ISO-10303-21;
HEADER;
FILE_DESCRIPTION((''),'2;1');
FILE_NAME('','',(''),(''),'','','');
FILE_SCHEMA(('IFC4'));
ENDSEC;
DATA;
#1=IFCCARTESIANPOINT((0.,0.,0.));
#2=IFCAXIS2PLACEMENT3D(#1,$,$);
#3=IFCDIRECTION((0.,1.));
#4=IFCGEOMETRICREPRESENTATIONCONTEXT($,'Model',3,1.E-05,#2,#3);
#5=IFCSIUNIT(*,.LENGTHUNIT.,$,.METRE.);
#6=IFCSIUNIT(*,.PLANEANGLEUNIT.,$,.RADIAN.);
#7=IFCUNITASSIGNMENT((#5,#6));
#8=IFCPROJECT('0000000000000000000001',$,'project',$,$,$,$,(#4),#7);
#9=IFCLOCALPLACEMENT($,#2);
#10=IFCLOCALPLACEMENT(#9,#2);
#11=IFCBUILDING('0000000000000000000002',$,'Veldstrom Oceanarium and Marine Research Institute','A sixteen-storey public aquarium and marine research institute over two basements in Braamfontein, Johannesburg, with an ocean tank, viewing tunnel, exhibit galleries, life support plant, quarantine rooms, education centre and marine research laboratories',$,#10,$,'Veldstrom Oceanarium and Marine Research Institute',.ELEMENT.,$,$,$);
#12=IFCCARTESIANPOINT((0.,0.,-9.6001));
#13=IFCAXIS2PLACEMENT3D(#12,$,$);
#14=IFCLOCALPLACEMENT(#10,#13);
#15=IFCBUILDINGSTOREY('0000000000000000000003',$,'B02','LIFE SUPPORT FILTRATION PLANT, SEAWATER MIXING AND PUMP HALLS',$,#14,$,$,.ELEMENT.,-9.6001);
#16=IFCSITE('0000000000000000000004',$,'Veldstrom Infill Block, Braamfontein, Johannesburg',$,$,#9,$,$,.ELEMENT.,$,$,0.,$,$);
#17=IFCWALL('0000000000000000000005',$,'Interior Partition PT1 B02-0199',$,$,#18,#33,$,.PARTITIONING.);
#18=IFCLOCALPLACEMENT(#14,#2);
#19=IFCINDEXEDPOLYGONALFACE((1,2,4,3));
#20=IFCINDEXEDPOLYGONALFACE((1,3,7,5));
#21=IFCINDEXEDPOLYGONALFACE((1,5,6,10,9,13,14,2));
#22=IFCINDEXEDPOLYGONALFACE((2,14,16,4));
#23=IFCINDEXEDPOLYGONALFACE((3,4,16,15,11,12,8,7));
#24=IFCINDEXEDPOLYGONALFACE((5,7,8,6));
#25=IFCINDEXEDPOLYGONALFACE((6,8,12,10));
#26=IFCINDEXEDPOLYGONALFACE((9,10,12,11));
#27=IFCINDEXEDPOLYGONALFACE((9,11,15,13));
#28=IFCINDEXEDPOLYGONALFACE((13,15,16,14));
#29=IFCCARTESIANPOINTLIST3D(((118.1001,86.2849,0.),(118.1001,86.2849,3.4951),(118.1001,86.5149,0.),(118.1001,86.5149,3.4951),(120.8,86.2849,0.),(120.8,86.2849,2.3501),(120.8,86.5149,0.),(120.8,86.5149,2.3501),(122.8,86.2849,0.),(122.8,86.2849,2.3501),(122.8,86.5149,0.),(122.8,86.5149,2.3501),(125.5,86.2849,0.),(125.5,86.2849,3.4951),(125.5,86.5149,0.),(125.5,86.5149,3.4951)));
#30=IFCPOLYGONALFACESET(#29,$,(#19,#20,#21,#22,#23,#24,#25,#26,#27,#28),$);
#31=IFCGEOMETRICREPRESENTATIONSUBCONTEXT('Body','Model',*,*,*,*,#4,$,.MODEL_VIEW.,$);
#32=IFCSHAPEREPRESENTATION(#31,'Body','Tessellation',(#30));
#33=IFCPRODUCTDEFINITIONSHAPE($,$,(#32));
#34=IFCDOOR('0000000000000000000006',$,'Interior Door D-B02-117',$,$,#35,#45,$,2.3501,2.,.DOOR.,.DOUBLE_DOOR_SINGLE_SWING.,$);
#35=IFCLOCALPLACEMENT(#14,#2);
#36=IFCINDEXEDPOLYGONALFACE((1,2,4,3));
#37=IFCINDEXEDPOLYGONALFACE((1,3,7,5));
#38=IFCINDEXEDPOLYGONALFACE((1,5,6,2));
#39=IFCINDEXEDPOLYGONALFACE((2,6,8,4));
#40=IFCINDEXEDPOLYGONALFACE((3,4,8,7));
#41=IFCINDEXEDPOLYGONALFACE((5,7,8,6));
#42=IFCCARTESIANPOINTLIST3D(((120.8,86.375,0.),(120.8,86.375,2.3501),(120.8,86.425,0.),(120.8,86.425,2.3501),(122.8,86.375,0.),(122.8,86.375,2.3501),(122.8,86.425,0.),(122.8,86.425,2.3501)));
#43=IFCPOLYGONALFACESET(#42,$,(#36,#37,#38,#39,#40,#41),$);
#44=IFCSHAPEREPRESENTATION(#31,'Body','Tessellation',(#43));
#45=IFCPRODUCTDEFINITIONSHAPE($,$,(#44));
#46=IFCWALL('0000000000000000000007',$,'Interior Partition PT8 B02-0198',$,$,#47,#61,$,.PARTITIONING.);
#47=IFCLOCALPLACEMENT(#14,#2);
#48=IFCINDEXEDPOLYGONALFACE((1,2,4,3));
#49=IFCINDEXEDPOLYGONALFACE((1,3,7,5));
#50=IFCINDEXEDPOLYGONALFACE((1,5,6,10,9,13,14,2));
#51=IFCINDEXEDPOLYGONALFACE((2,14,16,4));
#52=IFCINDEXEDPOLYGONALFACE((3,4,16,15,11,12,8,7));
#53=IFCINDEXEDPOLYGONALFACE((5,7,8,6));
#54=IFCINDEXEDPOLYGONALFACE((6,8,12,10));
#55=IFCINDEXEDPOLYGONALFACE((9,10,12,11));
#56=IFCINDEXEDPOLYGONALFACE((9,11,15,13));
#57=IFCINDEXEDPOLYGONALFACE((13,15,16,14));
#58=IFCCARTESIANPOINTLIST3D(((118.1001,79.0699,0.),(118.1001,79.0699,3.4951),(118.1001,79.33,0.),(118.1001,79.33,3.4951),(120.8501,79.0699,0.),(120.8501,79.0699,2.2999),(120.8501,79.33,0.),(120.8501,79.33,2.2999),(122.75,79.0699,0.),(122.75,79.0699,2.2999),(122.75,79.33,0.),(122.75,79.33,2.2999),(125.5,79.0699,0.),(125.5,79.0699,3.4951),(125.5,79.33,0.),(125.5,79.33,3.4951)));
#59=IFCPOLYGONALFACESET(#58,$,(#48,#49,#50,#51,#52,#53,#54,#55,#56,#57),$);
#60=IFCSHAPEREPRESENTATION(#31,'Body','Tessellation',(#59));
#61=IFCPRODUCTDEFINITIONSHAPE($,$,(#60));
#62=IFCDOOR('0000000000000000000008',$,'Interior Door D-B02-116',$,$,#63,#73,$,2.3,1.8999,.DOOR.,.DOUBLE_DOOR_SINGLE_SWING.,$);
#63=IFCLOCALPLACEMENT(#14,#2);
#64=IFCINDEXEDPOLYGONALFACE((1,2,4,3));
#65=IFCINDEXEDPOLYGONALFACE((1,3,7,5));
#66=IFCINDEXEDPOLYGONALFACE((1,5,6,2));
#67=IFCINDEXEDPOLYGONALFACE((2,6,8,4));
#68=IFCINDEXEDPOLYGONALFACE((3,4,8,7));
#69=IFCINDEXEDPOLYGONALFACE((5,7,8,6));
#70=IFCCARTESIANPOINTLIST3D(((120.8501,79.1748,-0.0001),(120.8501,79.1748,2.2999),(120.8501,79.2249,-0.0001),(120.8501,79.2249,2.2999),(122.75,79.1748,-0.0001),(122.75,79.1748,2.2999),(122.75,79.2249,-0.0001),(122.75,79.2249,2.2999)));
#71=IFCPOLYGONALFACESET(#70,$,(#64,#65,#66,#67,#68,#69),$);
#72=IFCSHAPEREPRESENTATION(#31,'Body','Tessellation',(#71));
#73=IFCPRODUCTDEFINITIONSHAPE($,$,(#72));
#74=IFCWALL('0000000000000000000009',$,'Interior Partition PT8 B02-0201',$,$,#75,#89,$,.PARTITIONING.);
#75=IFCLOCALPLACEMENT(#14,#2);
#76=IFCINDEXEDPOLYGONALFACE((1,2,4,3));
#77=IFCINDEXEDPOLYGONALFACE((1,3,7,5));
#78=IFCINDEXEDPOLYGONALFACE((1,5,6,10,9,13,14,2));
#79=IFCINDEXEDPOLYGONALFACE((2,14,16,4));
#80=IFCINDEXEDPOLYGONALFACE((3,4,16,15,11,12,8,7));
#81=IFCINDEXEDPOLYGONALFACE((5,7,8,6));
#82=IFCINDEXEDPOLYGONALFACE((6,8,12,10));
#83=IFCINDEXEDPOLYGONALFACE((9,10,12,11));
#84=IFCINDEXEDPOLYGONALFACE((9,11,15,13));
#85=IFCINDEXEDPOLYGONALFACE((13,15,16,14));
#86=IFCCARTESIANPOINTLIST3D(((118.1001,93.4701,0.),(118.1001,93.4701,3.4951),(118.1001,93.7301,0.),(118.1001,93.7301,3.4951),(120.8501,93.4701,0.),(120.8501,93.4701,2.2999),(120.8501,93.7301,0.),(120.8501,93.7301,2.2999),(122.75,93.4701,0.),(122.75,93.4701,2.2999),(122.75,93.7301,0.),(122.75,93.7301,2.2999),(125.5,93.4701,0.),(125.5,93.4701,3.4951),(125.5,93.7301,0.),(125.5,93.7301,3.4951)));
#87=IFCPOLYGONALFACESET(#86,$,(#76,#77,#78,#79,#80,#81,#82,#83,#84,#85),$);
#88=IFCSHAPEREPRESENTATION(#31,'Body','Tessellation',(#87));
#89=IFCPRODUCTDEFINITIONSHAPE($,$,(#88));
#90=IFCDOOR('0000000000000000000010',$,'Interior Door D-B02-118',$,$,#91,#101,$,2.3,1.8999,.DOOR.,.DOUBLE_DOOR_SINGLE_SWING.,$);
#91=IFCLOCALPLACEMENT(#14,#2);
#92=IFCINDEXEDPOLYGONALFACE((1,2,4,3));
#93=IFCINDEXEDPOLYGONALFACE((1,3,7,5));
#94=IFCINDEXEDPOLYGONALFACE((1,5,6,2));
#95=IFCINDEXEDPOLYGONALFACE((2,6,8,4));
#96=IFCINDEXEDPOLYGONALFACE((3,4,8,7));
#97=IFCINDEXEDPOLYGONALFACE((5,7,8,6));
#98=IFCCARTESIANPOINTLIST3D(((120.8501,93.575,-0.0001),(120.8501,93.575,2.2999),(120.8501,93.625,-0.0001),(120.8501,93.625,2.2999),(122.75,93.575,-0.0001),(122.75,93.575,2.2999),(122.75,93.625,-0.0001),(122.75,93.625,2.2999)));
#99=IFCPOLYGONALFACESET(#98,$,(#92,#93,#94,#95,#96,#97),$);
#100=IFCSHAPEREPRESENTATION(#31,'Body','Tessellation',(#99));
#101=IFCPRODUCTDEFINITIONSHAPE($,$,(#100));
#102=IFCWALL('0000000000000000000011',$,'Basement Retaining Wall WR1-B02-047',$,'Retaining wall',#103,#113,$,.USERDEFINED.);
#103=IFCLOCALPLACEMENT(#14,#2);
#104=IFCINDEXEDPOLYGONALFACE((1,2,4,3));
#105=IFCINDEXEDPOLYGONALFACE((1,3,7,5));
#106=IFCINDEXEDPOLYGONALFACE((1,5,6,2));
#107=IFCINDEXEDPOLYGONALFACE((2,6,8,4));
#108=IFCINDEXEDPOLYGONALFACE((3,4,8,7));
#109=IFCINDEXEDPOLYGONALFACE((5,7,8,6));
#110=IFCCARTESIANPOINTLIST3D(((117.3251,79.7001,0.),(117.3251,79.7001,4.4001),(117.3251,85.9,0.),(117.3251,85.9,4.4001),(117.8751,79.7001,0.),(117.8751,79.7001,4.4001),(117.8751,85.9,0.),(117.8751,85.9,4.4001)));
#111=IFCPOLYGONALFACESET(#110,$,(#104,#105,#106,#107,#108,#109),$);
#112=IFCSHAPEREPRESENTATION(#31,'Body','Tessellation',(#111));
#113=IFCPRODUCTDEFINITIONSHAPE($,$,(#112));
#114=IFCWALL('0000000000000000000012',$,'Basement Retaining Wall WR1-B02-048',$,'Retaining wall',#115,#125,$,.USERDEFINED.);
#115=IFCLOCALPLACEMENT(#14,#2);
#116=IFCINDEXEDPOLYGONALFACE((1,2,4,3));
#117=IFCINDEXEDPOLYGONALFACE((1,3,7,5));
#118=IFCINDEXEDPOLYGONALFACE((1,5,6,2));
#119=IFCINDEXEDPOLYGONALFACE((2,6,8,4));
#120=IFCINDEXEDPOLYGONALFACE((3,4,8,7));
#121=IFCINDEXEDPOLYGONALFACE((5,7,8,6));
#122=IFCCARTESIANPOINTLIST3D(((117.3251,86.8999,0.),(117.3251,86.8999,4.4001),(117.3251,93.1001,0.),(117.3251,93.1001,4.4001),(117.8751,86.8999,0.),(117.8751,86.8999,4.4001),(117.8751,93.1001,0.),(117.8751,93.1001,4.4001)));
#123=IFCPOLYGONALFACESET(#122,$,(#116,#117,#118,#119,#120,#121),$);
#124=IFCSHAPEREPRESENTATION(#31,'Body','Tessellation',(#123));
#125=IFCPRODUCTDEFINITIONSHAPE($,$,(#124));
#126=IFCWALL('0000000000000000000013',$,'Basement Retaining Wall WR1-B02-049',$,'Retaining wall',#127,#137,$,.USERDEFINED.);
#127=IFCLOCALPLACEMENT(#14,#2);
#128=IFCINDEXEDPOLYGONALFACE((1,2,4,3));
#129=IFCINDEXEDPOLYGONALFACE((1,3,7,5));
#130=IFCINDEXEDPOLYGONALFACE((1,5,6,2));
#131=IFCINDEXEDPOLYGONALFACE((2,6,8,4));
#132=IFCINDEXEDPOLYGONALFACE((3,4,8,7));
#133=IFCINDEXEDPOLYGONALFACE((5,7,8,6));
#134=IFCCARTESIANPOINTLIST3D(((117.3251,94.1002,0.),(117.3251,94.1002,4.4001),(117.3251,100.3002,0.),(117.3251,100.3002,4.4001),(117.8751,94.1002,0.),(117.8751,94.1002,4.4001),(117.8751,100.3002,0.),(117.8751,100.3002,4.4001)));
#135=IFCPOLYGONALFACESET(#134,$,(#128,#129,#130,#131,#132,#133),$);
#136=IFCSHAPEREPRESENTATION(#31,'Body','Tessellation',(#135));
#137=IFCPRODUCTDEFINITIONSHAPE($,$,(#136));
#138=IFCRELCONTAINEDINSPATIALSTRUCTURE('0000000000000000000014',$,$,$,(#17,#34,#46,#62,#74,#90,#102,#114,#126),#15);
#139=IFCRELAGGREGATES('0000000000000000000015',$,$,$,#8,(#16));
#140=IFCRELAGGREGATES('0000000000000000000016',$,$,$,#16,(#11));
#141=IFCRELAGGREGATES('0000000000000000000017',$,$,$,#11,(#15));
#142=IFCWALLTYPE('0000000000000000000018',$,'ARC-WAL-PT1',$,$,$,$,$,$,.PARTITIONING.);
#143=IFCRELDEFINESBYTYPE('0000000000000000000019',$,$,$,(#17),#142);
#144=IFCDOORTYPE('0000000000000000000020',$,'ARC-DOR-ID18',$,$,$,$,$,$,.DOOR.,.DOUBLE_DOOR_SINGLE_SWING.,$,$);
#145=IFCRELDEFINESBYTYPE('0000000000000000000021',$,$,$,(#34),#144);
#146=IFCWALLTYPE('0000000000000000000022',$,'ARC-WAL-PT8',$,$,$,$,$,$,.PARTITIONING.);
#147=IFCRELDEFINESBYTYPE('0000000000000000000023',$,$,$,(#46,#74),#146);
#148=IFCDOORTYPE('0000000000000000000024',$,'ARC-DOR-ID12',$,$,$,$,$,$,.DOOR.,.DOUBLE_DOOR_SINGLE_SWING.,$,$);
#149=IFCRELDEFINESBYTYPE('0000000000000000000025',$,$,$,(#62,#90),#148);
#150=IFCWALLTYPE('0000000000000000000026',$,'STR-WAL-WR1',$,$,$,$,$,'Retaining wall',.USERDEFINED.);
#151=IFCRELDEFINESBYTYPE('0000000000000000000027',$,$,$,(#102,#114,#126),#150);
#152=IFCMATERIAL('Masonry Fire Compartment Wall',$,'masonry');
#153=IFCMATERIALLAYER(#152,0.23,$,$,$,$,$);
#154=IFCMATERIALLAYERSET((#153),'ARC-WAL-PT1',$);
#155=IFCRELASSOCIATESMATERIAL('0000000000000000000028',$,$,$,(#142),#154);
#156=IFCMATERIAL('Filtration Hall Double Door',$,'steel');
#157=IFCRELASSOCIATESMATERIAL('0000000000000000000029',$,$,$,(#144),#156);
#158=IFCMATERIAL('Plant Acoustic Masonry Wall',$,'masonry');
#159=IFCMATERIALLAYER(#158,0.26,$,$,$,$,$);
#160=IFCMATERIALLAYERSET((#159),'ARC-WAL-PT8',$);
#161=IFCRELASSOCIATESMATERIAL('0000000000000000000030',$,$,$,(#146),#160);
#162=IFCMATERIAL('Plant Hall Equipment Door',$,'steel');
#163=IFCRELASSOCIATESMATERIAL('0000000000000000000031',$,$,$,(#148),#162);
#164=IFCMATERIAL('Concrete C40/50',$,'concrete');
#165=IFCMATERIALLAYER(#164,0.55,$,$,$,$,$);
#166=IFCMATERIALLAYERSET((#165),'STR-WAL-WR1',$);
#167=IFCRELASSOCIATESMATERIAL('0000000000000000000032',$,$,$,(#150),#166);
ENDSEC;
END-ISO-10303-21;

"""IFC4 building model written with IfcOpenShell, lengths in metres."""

from ifc_helpers import new_model, si_unit, direction, frame, frame_2d, origin, place, context, subcontext, project, spatial, rectangle, extrude, material, layer, layer_set, type_object, element, fill, save


model = new_model("IFC4")

# Units and contexts
model_context = context("Model", 3, precision=1e-05, world=origin(), true_north=direction((0.0, 1.0)))
body_context = subcontext(model_context, "Body", "Model", "MODEL_VIEW")
ifc_project = project(units=[si_unit("LENGTHUNIT", "METRE"), si_unit("PLANEANGLEUNIT", "RADIAN")], contexts=[model_context])

# Site, building, storey
site_placement = place(None, origin())
site = spatial("IfcSite", under=ifc_project, at=site_placement, Name="Veldstrom Infill Block, Braamfontein, Johannesburg", CompositionType="ELEMENT", RefElevation=0.0)
building_placement = place(site_placement, origin())
building = spatial("IfcBuilding", under=site, at=building_placement, Name="Veldstrom Oceanarium and Marine Research Institute", Description="A sixteen-storey public aquarium and marine research institute over two basements in Braamfontein, Johannesburg, with an ocean tank, viewing tunnel, exhibit galleries, life support plant, quarantine rooms, education centre and marine research laboratories", LongName="Veldstrom Oceanarium and Marine Research Institute", CompositionType="ELEMENT")
storey_placement = place(building_placement, frame((0.0, 0.0, -9.6001)))
storey = spatial("IfcBuildingStorey", under=building, at=storey_placement, Name="B02", Description="LIFE SUPPORT FILTRATION PLANT, SEAWATER MIXING AND PUMP HALLS", CompositionType="ELEMENT", Elevation=-9.6001)

# Walls, openings, doors
ifc_material_1 = material(Name="Masonry Fire Compartment Wall", Category="masonry")
ifc_layer_1 = layer(ifc_material_1, 0.23)
ifc_layer_set_1 = layer_set([ifc_layer_1], Name="ARC-WAL-PT1")
wall_type_1 = type_object("IfcWallType", Name="ARC-WAL-PT1", PredefinedType="PARTITIONING", material=ifc_layer_set_1)
wall_1_placement = place(storey_placement, frame((118.1001, 86.3999, 0.0), z_axis=(0.0, 0.0, 1.0), x_axis=(1.0, 0.0, 0.0)))
wall_1 = element("IfcWall", 1, at=wall_1_placement, inside=storey, type_object=wall_type_1, Name="Interior Partition PT1 B02-0199", PredefinedType="PARTITIONING", context=body_context, shape_type="SweptSolid", body=[
    extrude(rectangle(XDim=7.3999, YDim=0.23, at=frame_2d((3.7, 0.0))), origin(), (0.0, 0.0, 1.0), 3.4951),
])
opening_1_placement = place(wall_1_placement, frame((2.7, 0.0, 0.0)))
opening_1 = element("IfcOpeningElement", 2, at=opening_1_placement, cuts=wall_1, PredefinedType="OPENING", context=body_context, shape_type="SweptSolid", body=[
    extrude(rectangle(XDim=2.0, YDim=2.3501, at=frame_2d((1.0, 1.175))), frame((0.0, 0.125, 0.0), z_axis=(0.0, -1.0, 0.0), x_axis=(1.0, 0.0, 0.0)), (0.0, 0.0, 1.0), 0.25),
])
ifc_material_2 = material(Name="Filtration Hall Double Door", Category="steel")
door_type_1 = type_object("IfcDoorType", Name="ARC-DOR-ID18", OperationType="DOUBLE_DOOR_SINGLE_SWING", PredefinedType="DOOR", material=ifc_material_2)
door_1_placement = place(opening_1_placement, frame((2.0, 0.0, 0.0), z_axis=(0.0, 0.0, 1.0), x_axis=(-1.0, 0.0, 0.0)))
door_1 = element("IfcDoor", 3, at=door_1_placement, inside=storey, type_object=door_type_1, Name="Interior Door D-B02-117", OperationType="DOUBLE_DOOR_SINGLE_SWING", OverallHeight=2.3501, OverallWidth=2.0, PredefinedType="DOOR", context=body_context, shape_type="SweptSolid", body=[
    extrude(rectangle(XDim=2.0, YDim=2.3501, at=frame_2d((1.0, 1.175))), frame((0.0, 0.0249, 0.0), z_axis=(0.0, -1.0, 0.0), x_axis=(1.0, 0.0, 0.0)), (0.0, 0.0, 1.0), 0.05),
])
fill(opening_1, door_1)
ifc_material_3 = material(Name="Plant Acoustic Masonry Wall", Category="masonry")
ifc_layer_2 = layer(ifc_material_3, 0.26)
ifc_layer_set_2 = layer_set([ifc_layer_2], Name="ARC-WAL-PT8")
wall_type_2 = type_object("IfcWallType", Name="ARC-WAL-PT8", PredefinedType="PARTITIONING", material=ifc_layer_set_2)
wall_2_placement = place(storey_placement, frame((118.1001, 79.2, 0.0), z_axis=(0.0, 0.0, 1.0), x_axis=(1.0, 0.0, 0.0)))
wall_2 = element("IfcWall", 4, at=wall_2_placement, inside=storey, type_object=wall_type_2, Name="Interior Partition PT8 B02-0198", PredefinedType="PARTITIONING", context=body_context, shape_type="SweptSolid", body=[
    extrude(rectangle(XDim=7.3999, YDim=0.26, at=frame_2d((3.7, 0.0))), origin(), (0.0, 0.0, 1.0), 3.4951),
])
opening_2_placement = place(wall_2_placement, frame((2.75, 0.0, 0.0)))
opening_2 = element("IfcOpeningElement", 5, at=opening_2_placement, cuts=wall_2, PredefinedType="OPENING", context=body_context, shape_type="SweptSolid", body=[
    extrude(rectangle(XDim=1.8999, YDim=2.3, at=frame_2d((0.95, 1.1499))), frame((0.0, 0.1399, 0.0), z_axis=(0.0, -1.0, 0.0), x_axis=(1.0, 0.0, 0.0)), (0.0, 0.0, 1.0), 0.28),
])
ifc_material_4 = material(Name="Plant Hall Equipment Door", Category="steel")
door_type_2 = type_object("IfcDoorType", Name="ARC-DOR-ID12", OperationType="DOUBLE_DOOR_SINGLE_SWING", PredefinedType="DOOR", material=ifc_material_4)
door_2_placement = place(opening_2_placement, origin())
door_2 = element("IfcDoor", 6, at=door_2_placement, inside=storey, type_object=door_type_2, Name="Interior Door D-B02-116", OperationType="DOUBLE_DOOR_SINGLE_SWING", OverallHeight=2.3, OverallWidth=1.8999, PredefinedType="DOOR", context=body_context, shape_type="SweptSolid", body=[
    extrude(rectangle(XDim=1.8999, YDim=2.3, at=frame_2d((0.95, 1.1499))), frame((0.0, 0.0249, 0.0), z_axis=(0.0, -1.0, 0.0), x_axis=(1.0, 0.0, 0.0)), (0.0, 0.0, 1.0), 0.05),
])
fill(opening_2, door_2)
wall_3_placement = place(storey_placement, frame((118.1001, 93.6001, 0.0), z_axis=(0.0, 0.0, 1.0), x_axis=(1.0, 0.0, 0.0)))
wall_3 = element("IfcWall", 7, at=wall_3_placement, inside=storey, type_object=wall_type_2, Name="Interior Partition PT8 B02-0201", PredefinedType="PARTITIONING", context=body_context, shape_type="SweptSolid", body=[
    extrude(rectangle(XDim=7.3999, YDim=0.26, at=frame_2d((3.7, 0.0))), origin(), (0.0, 0.0, 1.0), 3.4951),
])
opening_3_placement = place(wall_3_placement, frame((2.75, 0.0, 0.0)))
opening_3 = element("IfcOpeningElement", 8, at=opening_3_placement, cuts=wall_3, PredefinedType="OPENING", context=body_context, shape_type="SweptSolid", body=[
    extrude(rectangle(XDim=1.8999, YDim=2.3, at=frame_2d((0.95, 1.1499))), frame((0.0, 0.1399, 0.0), z_axis=(0.0, -1.0, 0.0), x_axis=(1.0, 0.0, 0.0)), (0.0, 0.0, 1.0), 0.28),
])
door_3_placement = place(opening_3_placement, origin())
door_3 = element("IfcDoor", 9, at=door_3_placement, inside=storey, type_object=door_type_2, Name="Interior Door D-B02-118", OperationType="DOUBLE_DOOR_SINGLE_SWING", OverallHeight=2.3, OverallWidth=1.8999, PredefinedType="DOOR", context=body_context, shape_type="SweptSolid", body=[
    extrude(rectangle(XDim=1.8999, YDim=2.3, at=frame_2d((0.95, 1.1499))), frame((0.0, 0.0249, 0.0), z_axis=(0.0, -1.0, 0.0), x_axis=(1.0, 0.0, 0.0)), (0.0, 0.0, 1.0), 0.05),
])
fill(opening_3, door_3)

# Walls
ifc_material_5 = material(Name="Concrete C40/50", Category="concrete")
ifc_layer_3 = layer(ifc_material_5, 0.55)
ifc_layer_set_3 = layer_set([ifc_layer_3], Name="STR-WAL-WR1")
wall_type_3 = type_object("IfcWallType", Name="STR-WAL-WR1", ElementType="Retaining wall", PredefinedType="USERDEFINED", material=ifc_layer_set_3)
wall_4_placement = place(storey_placement, frame((117.6001, 79.7, 0.0), z_axis=(0.0, 0.0, 1.0), x_axis=(0.0, 1.0, 0.0)))
element("IfcWall", 10, at=wall_4_placement, inside=storey, type_object=wall_type_3, Name="Basement Retaining Wall WR1-B02-047", ObjectType="Retaining wall", PredefinedType="USERDEFINED", context=body_context, shape_type="SweptSolid", body=[
    extrude(rectangle(XDim=6.2, YDim=0.55, at=frame_2d((3.1001, 0.0))), origin(), (0.0, 0.0, 1.0), 4.4001),
])
wall_5_placement = place(storey_placement, frame((117.6001, 86.8999, 0.0), z_axis=(0.0, 0.0, 1.0), x_axis=(0.0, 1.0, 0.0)))
element("IfcWall", 11, at=wall_5_placement, inside=storey, type_object=wall_type_3, Name="Basement Retaining Wall WR1-B02-048", ObjectType="Retaining wall", PredefinedType="USERDEFINED", context=body_context, shape_type="SweptSolid", body=[
    extrude(rectangle(XDim=6.2002, YDim=0.55, at=frame_2d((3.1001, 0.0))), origin(), (0.0, 0.0, 1.0), 4.4001),
])
wall_6_placement = place(storey_placement, frame((117.6001, 94.1001, 0.0), z_axis=(0.0, 0.0, 1.0), x_axis=(0.0, 1.0, 0.0)))
element("IfcWall", 12, at=wall_6_placement, inside=storey, type_object=wall_type_3, Name="Basement Retaining Wall WR1-B02-049", ObjectType="Retaining wall", PredefinedType="USERDEFINED", context=body_context, shape_type="SweptSolid", body=[
    extrude(rectangle(XDim=6.2, YDim=0.55, at=frame_2d((3.1001, 0.0))), origin(), (0.0, 0.0, 1.0), 4.4001),
])

save(model, "model.ifc")
